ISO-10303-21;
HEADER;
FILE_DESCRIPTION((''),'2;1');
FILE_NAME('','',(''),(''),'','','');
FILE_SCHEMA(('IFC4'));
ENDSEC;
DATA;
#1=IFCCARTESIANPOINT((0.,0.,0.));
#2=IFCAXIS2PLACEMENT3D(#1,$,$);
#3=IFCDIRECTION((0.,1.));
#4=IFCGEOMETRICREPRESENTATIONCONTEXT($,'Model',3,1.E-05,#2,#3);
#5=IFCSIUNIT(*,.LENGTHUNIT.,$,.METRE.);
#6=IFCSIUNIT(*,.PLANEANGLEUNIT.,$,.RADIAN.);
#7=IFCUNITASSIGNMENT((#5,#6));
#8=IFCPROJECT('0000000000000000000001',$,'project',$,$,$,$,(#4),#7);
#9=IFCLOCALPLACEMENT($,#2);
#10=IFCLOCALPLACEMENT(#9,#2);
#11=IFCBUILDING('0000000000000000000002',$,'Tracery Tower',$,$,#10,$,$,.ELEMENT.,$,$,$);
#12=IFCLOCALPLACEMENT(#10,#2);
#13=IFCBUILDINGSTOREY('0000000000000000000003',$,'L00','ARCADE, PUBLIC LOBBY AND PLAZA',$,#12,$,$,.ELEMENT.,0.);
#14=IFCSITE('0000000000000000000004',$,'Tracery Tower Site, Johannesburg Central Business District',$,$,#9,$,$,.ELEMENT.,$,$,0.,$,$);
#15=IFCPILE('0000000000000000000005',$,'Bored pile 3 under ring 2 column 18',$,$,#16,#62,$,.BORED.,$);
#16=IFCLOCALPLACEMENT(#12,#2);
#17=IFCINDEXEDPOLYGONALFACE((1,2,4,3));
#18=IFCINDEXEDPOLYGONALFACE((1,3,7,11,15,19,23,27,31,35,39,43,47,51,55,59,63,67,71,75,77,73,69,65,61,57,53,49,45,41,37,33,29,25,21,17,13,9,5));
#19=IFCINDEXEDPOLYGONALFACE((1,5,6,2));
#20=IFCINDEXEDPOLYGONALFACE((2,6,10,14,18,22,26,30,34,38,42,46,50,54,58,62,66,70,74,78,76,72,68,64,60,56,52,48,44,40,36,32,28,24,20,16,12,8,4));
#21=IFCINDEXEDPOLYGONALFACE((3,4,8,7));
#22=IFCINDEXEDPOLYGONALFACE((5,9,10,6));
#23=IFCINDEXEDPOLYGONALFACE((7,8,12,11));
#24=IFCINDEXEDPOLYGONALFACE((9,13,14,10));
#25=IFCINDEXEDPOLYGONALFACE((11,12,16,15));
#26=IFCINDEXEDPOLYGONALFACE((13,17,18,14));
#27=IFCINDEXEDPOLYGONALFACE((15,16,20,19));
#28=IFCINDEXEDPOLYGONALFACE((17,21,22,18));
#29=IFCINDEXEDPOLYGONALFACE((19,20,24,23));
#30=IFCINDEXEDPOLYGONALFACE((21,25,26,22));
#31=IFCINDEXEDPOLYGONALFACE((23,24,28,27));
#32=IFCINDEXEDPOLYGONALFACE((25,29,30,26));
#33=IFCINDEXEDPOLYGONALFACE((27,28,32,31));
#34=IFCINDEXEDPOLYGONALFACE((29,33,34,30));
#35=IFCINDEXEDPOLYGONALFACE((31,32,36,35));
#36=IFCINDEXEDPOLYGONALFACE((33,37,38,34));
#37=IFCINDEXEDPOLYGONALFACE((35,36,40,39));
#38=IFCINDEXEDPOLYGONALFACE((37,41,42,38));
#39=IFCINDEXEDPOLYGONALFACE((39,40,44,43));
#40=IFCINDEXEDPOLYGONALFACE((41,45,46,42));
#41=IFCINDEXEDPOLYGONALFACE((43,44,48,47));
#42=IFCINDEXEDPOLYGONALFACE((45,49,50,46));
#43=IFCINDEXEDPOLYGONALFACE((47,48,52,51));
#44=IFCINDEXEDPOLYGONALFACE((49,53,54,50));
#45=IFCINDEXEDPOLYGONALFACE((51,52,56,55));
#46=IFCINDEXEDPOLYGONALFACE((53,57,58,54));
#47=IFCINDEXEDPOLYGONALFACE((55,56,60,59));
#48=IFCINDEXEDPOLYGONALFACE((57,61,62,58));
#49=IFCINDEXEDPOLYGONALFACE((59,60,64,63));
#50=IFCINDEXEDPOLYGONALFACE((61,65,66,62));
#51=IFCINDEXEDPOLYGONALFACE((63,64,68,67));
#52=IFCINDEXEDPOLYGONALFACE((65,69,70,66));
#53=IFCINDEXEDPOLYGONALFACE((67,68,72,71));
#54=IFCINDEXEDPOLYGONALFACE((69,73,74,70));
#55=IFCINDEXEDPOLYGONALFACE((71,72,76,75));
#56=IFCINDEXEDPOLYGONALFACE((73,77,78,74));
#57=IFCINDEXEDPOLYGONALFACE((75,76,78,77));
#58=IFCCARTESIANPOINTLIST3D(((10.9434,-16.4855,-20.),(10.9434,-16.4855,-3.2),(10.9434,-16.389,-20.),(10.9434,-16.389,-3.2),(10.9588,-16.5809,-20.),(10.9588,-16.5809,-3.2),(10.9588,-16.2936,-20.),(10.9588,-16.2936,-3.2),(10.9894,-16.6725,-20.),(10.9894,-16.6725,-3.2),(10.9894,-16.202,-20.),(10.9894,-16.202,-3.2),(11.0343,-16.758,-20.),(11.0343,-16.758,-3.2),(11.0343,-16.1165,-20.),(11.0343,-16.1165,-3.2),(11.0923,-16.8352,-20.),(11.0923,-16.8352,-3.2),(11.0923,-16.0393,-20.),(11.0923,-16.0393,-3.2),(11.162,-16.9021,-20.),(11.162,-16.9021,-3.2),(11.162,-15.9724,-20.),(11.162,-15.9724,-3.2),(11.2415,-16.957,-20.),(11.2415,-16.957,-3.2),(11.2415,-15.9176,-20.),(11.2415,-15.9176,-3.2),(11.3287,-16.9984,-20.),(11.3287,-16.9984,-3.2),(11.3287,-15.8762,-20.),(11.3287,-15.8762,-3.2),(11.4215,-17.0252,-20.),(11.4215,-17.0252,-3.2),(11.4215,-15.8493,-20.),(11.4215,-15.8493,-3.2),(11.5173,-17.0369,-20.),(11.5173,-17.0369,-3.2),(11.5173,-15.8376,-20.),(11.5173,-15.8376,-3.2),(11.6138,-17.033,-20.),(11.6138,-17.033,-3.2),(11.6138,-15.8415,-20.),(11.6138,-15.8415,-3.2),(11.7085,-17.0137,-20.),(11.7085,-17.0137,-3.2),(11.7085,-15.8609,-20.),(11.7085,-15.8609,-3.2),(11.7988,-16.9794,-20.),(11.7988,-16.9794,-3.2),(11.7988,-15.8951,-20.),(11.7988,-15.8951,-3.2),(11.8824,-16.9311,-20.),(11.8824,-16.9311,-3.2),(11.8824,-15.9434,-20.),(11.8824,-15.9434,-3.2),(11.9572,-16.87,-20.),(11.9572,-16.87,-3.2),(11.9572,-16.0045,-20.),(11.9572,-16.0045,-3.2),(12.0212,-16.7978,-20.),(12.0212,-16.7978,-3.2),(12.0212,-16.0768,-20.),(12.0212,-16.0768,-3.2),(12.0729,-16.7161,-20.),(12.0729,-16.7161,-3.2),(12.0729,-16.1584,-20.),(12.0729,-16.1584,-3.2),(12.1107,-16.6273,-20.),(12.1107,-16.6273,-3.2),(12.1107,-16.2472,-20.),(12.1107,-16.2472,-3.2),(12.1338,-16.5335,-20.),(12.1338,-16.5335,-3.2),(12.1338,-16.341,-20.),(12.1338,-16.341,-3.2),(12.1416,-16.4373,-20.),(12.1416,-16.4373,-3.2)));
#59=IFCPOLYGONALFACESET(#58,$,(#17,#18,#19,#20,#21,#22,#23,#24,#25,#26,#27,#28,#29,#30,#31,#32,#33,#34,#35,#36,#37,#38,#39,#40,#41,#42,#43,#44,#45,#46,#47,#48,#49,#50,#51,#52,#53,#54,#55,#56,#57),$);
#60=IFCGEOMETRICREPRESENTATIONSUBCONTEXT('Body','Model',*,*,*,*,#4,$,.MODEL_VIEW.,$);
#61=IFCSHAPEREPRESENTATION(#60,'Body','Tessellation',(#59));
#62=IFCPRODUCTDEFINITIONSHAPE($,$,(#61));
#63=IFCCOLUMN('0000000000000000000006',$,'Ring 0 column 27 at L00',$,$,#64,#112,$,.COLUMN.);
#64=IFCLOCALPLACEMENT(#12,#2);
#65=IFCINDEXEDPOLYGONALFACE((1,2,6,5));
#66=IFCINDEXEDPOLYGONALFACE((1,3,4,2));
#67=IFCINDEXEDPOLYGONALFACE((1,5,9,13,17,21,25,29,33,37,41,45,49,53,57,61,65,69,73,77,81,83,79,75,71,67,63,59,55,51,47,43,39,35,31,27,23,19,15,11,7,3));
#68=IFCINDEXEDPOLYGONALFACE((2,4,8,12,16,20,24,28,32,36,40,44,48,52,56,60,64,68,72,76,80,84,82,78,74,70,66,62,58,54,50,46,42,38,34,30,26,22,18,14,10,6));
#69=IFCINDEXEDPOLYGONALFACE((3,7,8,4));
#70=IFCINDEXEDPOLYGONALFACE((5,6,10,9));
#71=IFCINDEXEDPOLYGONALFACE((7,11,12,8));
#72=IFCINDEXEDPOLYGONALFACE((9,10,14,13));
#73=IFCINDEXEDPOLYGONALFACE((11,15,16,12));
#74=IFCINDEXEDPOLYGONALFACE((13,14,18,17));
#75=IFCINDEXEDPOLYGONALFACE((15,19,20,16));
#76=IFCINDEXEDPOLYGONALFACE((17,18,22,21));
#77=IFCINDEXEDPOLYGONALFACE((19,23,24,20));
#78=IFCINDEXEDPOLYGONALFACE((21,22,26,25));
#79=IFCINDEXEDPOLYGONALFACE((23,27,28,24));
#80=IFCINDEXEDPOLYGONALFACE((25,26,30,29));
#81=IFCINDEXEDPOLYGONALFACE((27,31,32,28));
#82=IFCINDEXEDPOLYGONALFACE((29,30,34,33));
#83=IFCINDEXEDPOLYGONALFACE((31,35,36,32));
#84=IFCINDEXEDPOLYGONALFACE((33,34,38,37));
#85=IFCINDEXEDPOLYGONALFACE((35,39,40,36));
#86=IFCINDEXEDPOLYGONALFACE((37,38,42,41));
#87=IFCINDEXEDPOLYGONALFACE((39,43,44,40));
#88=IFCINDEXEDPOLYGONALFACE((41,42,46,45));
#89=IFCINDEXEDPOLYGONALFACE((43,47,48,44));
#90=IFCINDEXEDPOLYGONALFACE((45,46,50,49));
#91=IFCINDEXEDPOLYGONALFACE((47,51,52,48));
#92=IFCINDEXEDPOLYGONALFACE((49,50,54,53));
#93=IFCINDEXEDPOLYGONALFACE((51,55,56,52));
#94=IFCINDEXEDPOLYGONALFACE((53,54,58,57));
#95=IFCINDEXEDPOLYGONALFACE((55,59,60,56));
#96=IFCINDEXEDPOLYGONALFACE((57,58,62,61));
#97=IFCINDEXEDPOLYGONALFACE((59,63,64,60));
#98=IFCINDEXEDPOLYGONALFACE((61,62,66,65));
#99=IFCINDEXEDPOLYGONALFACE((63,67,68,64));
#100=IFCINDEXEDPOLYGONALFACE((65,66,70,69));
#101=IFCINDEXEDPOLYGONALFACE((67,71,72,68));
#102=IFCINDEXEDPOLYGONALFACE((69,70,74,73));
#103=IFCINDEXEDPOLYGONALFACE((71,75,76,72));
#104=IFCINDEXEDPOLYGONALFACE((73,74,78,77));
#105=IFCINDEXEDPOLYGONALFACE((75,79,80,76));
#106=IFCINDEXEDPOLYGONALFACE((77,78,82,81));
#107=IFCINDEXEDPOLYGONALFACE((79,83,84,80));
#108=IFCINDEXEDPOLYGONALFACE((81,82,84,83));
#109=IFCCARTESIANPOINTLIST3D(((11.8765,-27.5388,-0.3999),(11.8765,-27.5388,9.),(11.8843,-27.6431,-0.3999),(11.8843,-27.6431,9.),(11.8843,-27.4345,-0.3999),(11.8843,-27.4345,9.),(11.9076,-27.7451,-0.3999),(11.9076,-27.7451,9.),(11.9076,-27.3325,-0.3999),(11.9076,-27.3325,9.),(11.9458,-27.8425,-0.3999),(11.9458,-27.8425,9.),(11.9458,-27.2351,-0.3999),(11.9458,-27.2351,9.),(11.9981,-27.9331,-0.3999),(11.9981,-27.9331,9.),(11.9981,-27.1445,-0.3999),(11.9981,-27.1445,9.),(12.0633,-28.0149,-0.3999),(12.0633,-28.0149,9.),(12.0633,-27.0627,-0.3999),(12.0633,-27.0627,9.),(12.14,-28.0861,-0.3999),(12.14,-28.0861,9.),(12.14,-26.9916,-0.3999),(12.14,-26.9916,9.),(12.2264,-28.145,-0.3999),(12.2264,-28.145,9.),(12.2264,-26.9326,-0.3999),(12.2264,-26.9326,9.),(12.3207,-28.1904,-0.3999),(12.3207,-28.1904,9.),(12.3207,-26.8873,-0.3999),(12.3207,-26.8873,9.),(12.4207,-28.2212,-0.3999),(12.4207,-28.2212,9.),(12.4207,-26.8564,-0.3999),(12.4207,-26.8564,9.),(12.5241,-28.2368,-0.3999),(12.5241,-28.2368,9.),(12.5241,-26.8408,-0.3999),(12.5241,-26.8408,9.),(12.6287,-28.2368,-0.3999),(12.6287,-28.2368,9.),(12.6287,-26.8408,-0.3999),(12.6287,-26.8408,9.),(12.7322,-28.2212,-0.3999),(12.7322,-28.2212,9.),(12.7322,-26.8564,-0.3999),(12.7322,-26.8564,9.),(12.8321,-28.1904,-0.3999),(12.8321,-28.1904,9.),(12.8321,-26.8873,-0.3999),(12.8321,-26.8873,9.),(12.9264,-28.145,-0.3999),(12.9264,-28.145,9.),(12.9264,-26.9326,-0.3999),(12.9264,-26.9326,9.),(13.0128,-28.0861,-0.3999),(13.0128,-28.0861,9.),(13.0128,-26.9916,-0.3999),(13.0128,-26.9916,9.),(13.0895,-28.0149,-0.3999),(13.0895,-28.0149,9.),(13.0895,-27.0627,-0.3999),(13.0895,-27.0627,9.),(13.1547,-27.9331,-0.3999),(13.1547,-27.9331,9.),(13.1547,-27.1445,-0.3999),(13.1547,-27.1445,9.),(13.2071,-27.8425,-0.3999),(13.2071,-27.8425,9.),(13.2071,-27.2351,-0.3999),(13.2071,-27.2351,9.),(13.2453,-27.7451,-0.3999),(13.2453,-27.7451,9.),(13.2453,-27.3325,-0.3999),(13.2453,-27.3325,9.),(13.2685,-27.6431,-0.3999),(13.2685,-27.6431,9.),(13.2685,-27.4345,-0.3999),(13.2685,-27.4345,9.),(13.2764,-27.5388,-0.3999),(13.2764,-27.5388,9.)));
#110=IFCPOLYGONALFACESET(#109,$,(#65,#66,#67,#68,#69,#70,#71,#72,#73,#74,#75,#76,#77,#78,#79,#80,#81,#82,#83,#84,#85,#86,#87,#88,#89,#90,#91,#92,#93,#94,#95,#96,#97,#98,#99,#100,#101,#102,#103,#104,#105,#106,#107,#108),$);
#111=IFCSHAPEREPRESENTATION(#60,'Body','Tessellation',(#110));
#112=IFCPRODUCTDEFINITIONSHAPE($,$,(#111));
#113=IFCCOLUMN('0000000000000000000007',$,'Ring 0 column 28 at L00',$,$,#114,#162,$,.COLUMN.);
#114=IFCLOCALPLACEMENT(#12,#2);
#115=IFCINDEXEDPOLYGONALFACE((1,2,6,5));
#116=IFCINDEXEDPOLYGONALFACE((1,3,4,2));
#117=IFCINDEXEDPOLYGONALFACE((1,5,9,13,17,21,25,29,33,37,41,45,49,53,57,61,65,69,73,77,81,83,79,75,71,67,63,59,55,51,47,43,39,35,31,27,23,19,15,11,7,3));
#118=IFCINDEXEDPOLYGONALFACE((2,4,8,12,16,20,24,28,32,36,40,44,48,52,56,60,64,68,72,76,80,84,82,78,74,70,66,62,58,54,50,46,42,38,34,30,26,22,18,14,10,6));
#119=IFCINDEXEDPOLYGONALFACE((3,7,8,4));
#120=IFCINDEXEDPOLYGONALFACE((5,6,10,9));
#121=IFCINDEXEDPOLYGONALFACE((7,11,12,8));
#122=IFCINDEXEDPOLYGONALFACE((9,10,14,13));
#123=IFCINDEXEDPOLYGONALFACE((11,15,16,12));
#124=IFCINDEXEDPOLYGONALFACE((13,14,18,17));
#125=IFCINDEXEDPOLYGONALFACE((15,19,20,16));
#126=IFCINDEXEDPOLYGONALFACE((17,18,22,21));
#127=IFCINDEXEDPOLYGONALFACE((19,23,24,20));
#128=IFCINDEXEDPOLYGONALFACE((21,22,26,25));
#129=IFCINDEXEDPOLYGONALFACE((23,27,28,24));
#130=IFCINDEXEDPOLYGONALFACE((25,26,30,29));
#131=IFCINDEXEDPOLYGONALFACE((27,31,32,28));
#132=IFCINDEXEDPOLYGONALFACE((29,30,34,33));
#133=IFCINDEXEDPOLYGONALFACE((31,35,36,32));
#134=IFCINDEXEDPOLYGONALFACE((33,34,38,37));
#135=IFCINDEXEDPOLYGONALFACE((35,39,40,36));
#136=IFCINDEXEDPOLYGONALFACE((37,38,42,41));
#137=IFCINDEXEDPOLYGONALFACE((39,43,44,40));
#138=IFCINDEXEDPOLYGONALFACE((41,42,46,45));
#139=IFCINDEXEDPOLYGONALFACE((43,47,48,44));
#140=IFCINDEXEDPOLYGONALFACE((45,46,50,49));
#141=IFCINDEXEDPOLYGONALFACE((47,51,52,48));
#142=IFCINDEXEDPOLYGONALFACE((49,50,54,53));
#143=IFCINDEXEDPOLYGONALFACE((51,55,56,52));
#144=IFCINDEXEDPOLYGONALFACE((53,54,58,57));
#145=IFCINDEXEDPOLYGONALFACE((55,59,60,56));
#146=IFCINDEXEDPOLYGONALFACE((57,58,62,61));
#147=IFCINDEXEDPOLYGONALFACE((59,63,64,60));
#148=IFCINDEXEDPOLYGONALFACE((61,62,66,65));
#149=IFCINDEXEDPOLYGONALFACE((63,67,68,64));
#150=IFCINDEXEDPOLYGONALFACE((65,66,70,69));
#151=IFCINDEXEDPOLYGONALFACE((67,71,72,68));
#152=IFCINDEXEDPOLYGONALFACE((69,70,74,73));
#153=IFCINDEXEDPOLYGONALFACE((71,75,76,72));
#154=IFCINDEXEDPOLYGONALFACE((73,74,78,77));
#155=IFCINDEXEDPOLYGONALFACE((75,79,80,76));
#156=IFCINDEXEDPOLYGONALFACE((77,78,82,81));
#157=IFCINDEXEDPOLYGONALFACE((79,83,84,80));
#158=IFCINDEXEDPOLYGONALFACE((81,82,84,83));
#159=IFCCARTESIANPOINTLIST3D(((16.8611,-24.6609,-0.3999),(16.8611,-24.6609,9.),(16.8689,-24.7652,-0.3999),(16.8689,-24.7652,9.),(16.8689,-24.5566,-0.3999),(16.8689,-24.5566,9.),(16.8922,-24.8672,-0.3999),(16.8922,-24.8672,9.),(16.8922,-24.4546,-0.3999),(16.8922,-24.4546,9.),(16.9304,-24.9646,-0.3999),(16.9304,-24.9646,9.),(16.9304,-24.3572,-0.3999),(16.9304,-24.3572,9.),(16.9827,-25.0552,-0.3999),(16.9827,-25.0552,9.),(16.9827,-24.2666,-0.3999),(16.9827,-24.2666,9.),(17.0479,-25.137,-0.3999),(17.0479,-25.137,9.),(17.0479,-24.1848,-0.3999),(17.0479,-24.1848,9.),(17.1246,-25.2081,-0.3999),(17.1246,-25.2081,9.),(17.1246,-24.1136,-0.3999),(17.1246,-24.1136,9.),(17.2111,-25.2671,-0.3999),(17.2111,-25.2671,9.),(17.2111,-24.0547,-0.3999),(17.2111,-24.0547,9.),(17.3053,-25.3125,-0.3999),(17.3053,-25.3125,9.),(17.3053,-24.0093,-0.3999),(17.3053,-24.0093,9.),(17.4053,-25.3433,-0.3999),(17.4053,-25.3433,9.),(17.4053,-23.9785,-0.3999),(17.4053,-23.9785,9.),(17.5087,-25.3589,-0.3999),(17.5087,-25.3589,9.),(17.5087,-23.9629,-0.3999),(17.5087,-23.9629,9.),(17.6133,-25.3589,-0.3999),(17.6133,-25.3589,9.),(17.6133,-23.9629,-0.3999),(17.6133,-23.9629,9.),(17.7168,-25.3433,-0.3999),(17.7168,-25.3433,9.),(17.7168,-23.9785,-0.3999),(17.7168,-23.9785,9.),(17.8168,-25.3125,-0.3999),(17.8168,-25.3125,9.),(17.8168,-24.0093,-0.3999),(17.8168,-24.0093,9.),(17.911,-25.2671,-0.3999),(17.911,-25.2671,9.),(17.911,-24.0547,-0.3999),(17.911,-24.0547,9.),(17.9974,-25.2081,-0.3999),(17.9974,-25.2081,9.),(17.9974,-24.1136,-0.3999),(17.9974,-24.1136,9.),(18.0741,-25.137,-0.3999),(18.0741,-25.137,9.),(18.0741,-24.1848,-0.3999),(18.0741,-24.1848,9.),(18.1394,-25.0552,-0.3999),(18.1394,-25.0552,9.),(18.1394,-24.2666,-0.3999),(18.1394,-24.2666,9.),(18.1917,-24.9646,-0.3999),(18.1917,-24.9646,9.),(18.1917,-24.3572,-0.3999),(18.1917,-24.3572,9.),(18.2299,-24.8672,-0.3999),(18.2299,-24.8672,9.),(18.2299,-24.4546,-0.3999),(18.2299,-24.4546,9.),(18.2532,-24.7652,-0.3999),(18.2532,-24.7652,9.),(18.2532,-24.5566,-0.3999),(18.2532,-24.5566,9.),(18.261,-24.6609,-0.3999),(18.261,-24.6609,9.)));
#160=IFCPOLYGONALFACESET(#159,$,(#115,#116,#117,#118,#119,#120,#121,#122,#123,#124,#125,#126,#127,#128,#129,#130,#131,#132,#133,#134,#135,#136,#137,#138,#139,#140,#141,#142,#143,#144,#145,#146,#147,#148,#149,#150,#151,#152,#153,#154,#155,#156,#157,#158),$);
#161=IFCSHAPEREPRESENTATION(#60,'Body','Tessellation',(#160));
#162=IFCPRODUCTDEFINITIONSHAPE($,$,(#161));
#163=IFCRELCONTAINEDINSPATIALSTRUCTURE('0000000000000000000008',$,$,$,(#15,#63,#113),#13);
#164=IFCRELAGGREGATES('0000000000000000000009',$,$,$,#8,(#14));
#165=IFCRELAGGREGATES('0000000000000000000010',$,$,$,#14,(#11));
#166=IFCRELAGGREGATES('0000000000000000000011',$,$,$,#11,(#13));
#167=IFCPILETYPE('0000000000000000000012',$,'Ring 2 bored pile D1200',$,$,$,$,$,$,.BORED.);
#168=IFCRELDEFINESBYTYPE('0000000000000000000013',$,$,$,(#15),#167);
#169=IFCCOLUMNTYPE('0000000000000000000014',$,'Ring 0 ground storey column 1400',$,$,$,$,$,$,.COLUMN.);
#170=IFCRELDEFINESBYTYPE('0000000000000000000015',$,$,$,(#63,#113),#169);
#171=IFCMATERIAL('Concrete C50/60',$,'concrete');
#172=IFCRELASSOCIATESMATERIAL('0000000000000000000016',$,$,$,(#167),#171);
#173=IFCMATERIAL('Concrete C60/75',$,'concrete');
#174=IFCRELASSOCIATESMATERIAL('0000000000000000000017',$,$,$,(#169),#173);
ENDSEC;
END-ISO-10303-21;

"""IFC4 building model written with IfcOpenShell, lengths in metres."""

from ifc_helpers import new_model, si_unit, direction, frame, origin, origin_2d, place, context, subcontext, project, spatial, circle, extrude, material, material_profile, profile_set, type_object, element, save


model = new_model("IFC4")

# Units and contexts
model_context = context("Model", 3, precision=1e-05, world=origin(), true_north=direction((0.0, 1.0)))
body_context = subcontext(model_context, "Body", "Model", "MODEL_VIEW")
ifc_project = project(units=[si_unit("LENGTHUNIT", "METRE"), si_unit("PLANEANGLEUNIT", "RADIAN")], contexts=[model_context])

# Site, building, storey
site_placement = place(None, origin())
site = spatial("IfcSite", under=ifc_project, at=site_placement, Name="Tracery Tower Site, Johannesburg Central Business District", CompositionType="ELEMENT", RefElevation=0.0)
building_placement = place(site_placement, origin())
building = spatial("IfcBuilding", under=site, at=building_placement, Name="Tracery Tower", CompositionType="ELEMENT")
storey_placement = place(building_placement, origin())
storey = spatial("IfcBuildingStorey", under=building, at=storey_placement, Name="L00", Description="ARCADE, PUBLIC LOBBY AND PLAZA", CompositionType="ELEMENT", Elevation=0.0)

# Pile
ifc_material_1 = material(Name="Concrete C50/60", Category="concrete")
ifc_material_profile_1 = material_profile(ifc_material_1, circle(Radius=0.6001, at=origin_2d()), Name="RC D1200")
ifc_profile_set_1 = profile_set([ifc_material_profile_1], Name="Concrete C50/60")
pile_type_1 = type_object("IfcPileType", Name="Ring 2 bored pile D1200", PredefinedType="BORED", material=ifc_profile_set_1)
pile_placement = place(storey_placement, frame((11.5415, -16.4373, -3.2), z_axis=(0.0, 0.0, -1.0), x_axis=(1.0, 0.0, 0.0)))
element("IfcPile", 1, at=pile_placement, inside=storey, type_object=pile_type_1, Name="Bored pile 3 under ring 2 column 18", PredefinedType="BORED", context=body_context, shape_type="SweptSolid", body=[
    extrude(circle(Radius=0.6001, at=origin_2d()), origin(), (0.0, 0.0, 1.0), 16.8),
])

# Columns
ifc_material_2 = material(Name="Concrete C60/75", Category="concrete")
ifc_material_profile_2 = material_profile(ifc_material_2, circle(Radius=0.7, at=origin_2d()), Name="RC D1400")
ifc_profile_set_2 = profile_set([ifc_material_profile_2], Name="Concrete C60/75")
column_type_1 = type_object("IfcColumnType", Name="Ring 0 ground storey column 1400", PredefinedType="COLUMN", material=ifc_profile_set_2)
for number, where, z_axis, x_axis, name in (
    (2, (12.5764, -27.5388, -0.3999), (0.0, 0.0, 1.0), (1.0, 0.0, 0.0), "Ring 0 column 27 at L00"),
    (3, (17.561, -24.6609, -0.3999), (0.0, 0.0, 1.0), (1.0, 0.0, 0.0), "Ring 0 column 28 at L00"),
):
    element("IfcColumn", number, at=place(storey_placement, frame(where, z_axis=z_axis, x_axis=x_axis)), inside=storey, type_object=column_type_1, Name=name, PredefinedType="COLUMN", context=body_context, shape_type="SweptSolid", body=[
        extrude(circle(Radius=0.7, at=origin_2d()), origin(), (0.0, 0.0, 1.0), 9.3999),
    ])

save(model, "model.ifc")
